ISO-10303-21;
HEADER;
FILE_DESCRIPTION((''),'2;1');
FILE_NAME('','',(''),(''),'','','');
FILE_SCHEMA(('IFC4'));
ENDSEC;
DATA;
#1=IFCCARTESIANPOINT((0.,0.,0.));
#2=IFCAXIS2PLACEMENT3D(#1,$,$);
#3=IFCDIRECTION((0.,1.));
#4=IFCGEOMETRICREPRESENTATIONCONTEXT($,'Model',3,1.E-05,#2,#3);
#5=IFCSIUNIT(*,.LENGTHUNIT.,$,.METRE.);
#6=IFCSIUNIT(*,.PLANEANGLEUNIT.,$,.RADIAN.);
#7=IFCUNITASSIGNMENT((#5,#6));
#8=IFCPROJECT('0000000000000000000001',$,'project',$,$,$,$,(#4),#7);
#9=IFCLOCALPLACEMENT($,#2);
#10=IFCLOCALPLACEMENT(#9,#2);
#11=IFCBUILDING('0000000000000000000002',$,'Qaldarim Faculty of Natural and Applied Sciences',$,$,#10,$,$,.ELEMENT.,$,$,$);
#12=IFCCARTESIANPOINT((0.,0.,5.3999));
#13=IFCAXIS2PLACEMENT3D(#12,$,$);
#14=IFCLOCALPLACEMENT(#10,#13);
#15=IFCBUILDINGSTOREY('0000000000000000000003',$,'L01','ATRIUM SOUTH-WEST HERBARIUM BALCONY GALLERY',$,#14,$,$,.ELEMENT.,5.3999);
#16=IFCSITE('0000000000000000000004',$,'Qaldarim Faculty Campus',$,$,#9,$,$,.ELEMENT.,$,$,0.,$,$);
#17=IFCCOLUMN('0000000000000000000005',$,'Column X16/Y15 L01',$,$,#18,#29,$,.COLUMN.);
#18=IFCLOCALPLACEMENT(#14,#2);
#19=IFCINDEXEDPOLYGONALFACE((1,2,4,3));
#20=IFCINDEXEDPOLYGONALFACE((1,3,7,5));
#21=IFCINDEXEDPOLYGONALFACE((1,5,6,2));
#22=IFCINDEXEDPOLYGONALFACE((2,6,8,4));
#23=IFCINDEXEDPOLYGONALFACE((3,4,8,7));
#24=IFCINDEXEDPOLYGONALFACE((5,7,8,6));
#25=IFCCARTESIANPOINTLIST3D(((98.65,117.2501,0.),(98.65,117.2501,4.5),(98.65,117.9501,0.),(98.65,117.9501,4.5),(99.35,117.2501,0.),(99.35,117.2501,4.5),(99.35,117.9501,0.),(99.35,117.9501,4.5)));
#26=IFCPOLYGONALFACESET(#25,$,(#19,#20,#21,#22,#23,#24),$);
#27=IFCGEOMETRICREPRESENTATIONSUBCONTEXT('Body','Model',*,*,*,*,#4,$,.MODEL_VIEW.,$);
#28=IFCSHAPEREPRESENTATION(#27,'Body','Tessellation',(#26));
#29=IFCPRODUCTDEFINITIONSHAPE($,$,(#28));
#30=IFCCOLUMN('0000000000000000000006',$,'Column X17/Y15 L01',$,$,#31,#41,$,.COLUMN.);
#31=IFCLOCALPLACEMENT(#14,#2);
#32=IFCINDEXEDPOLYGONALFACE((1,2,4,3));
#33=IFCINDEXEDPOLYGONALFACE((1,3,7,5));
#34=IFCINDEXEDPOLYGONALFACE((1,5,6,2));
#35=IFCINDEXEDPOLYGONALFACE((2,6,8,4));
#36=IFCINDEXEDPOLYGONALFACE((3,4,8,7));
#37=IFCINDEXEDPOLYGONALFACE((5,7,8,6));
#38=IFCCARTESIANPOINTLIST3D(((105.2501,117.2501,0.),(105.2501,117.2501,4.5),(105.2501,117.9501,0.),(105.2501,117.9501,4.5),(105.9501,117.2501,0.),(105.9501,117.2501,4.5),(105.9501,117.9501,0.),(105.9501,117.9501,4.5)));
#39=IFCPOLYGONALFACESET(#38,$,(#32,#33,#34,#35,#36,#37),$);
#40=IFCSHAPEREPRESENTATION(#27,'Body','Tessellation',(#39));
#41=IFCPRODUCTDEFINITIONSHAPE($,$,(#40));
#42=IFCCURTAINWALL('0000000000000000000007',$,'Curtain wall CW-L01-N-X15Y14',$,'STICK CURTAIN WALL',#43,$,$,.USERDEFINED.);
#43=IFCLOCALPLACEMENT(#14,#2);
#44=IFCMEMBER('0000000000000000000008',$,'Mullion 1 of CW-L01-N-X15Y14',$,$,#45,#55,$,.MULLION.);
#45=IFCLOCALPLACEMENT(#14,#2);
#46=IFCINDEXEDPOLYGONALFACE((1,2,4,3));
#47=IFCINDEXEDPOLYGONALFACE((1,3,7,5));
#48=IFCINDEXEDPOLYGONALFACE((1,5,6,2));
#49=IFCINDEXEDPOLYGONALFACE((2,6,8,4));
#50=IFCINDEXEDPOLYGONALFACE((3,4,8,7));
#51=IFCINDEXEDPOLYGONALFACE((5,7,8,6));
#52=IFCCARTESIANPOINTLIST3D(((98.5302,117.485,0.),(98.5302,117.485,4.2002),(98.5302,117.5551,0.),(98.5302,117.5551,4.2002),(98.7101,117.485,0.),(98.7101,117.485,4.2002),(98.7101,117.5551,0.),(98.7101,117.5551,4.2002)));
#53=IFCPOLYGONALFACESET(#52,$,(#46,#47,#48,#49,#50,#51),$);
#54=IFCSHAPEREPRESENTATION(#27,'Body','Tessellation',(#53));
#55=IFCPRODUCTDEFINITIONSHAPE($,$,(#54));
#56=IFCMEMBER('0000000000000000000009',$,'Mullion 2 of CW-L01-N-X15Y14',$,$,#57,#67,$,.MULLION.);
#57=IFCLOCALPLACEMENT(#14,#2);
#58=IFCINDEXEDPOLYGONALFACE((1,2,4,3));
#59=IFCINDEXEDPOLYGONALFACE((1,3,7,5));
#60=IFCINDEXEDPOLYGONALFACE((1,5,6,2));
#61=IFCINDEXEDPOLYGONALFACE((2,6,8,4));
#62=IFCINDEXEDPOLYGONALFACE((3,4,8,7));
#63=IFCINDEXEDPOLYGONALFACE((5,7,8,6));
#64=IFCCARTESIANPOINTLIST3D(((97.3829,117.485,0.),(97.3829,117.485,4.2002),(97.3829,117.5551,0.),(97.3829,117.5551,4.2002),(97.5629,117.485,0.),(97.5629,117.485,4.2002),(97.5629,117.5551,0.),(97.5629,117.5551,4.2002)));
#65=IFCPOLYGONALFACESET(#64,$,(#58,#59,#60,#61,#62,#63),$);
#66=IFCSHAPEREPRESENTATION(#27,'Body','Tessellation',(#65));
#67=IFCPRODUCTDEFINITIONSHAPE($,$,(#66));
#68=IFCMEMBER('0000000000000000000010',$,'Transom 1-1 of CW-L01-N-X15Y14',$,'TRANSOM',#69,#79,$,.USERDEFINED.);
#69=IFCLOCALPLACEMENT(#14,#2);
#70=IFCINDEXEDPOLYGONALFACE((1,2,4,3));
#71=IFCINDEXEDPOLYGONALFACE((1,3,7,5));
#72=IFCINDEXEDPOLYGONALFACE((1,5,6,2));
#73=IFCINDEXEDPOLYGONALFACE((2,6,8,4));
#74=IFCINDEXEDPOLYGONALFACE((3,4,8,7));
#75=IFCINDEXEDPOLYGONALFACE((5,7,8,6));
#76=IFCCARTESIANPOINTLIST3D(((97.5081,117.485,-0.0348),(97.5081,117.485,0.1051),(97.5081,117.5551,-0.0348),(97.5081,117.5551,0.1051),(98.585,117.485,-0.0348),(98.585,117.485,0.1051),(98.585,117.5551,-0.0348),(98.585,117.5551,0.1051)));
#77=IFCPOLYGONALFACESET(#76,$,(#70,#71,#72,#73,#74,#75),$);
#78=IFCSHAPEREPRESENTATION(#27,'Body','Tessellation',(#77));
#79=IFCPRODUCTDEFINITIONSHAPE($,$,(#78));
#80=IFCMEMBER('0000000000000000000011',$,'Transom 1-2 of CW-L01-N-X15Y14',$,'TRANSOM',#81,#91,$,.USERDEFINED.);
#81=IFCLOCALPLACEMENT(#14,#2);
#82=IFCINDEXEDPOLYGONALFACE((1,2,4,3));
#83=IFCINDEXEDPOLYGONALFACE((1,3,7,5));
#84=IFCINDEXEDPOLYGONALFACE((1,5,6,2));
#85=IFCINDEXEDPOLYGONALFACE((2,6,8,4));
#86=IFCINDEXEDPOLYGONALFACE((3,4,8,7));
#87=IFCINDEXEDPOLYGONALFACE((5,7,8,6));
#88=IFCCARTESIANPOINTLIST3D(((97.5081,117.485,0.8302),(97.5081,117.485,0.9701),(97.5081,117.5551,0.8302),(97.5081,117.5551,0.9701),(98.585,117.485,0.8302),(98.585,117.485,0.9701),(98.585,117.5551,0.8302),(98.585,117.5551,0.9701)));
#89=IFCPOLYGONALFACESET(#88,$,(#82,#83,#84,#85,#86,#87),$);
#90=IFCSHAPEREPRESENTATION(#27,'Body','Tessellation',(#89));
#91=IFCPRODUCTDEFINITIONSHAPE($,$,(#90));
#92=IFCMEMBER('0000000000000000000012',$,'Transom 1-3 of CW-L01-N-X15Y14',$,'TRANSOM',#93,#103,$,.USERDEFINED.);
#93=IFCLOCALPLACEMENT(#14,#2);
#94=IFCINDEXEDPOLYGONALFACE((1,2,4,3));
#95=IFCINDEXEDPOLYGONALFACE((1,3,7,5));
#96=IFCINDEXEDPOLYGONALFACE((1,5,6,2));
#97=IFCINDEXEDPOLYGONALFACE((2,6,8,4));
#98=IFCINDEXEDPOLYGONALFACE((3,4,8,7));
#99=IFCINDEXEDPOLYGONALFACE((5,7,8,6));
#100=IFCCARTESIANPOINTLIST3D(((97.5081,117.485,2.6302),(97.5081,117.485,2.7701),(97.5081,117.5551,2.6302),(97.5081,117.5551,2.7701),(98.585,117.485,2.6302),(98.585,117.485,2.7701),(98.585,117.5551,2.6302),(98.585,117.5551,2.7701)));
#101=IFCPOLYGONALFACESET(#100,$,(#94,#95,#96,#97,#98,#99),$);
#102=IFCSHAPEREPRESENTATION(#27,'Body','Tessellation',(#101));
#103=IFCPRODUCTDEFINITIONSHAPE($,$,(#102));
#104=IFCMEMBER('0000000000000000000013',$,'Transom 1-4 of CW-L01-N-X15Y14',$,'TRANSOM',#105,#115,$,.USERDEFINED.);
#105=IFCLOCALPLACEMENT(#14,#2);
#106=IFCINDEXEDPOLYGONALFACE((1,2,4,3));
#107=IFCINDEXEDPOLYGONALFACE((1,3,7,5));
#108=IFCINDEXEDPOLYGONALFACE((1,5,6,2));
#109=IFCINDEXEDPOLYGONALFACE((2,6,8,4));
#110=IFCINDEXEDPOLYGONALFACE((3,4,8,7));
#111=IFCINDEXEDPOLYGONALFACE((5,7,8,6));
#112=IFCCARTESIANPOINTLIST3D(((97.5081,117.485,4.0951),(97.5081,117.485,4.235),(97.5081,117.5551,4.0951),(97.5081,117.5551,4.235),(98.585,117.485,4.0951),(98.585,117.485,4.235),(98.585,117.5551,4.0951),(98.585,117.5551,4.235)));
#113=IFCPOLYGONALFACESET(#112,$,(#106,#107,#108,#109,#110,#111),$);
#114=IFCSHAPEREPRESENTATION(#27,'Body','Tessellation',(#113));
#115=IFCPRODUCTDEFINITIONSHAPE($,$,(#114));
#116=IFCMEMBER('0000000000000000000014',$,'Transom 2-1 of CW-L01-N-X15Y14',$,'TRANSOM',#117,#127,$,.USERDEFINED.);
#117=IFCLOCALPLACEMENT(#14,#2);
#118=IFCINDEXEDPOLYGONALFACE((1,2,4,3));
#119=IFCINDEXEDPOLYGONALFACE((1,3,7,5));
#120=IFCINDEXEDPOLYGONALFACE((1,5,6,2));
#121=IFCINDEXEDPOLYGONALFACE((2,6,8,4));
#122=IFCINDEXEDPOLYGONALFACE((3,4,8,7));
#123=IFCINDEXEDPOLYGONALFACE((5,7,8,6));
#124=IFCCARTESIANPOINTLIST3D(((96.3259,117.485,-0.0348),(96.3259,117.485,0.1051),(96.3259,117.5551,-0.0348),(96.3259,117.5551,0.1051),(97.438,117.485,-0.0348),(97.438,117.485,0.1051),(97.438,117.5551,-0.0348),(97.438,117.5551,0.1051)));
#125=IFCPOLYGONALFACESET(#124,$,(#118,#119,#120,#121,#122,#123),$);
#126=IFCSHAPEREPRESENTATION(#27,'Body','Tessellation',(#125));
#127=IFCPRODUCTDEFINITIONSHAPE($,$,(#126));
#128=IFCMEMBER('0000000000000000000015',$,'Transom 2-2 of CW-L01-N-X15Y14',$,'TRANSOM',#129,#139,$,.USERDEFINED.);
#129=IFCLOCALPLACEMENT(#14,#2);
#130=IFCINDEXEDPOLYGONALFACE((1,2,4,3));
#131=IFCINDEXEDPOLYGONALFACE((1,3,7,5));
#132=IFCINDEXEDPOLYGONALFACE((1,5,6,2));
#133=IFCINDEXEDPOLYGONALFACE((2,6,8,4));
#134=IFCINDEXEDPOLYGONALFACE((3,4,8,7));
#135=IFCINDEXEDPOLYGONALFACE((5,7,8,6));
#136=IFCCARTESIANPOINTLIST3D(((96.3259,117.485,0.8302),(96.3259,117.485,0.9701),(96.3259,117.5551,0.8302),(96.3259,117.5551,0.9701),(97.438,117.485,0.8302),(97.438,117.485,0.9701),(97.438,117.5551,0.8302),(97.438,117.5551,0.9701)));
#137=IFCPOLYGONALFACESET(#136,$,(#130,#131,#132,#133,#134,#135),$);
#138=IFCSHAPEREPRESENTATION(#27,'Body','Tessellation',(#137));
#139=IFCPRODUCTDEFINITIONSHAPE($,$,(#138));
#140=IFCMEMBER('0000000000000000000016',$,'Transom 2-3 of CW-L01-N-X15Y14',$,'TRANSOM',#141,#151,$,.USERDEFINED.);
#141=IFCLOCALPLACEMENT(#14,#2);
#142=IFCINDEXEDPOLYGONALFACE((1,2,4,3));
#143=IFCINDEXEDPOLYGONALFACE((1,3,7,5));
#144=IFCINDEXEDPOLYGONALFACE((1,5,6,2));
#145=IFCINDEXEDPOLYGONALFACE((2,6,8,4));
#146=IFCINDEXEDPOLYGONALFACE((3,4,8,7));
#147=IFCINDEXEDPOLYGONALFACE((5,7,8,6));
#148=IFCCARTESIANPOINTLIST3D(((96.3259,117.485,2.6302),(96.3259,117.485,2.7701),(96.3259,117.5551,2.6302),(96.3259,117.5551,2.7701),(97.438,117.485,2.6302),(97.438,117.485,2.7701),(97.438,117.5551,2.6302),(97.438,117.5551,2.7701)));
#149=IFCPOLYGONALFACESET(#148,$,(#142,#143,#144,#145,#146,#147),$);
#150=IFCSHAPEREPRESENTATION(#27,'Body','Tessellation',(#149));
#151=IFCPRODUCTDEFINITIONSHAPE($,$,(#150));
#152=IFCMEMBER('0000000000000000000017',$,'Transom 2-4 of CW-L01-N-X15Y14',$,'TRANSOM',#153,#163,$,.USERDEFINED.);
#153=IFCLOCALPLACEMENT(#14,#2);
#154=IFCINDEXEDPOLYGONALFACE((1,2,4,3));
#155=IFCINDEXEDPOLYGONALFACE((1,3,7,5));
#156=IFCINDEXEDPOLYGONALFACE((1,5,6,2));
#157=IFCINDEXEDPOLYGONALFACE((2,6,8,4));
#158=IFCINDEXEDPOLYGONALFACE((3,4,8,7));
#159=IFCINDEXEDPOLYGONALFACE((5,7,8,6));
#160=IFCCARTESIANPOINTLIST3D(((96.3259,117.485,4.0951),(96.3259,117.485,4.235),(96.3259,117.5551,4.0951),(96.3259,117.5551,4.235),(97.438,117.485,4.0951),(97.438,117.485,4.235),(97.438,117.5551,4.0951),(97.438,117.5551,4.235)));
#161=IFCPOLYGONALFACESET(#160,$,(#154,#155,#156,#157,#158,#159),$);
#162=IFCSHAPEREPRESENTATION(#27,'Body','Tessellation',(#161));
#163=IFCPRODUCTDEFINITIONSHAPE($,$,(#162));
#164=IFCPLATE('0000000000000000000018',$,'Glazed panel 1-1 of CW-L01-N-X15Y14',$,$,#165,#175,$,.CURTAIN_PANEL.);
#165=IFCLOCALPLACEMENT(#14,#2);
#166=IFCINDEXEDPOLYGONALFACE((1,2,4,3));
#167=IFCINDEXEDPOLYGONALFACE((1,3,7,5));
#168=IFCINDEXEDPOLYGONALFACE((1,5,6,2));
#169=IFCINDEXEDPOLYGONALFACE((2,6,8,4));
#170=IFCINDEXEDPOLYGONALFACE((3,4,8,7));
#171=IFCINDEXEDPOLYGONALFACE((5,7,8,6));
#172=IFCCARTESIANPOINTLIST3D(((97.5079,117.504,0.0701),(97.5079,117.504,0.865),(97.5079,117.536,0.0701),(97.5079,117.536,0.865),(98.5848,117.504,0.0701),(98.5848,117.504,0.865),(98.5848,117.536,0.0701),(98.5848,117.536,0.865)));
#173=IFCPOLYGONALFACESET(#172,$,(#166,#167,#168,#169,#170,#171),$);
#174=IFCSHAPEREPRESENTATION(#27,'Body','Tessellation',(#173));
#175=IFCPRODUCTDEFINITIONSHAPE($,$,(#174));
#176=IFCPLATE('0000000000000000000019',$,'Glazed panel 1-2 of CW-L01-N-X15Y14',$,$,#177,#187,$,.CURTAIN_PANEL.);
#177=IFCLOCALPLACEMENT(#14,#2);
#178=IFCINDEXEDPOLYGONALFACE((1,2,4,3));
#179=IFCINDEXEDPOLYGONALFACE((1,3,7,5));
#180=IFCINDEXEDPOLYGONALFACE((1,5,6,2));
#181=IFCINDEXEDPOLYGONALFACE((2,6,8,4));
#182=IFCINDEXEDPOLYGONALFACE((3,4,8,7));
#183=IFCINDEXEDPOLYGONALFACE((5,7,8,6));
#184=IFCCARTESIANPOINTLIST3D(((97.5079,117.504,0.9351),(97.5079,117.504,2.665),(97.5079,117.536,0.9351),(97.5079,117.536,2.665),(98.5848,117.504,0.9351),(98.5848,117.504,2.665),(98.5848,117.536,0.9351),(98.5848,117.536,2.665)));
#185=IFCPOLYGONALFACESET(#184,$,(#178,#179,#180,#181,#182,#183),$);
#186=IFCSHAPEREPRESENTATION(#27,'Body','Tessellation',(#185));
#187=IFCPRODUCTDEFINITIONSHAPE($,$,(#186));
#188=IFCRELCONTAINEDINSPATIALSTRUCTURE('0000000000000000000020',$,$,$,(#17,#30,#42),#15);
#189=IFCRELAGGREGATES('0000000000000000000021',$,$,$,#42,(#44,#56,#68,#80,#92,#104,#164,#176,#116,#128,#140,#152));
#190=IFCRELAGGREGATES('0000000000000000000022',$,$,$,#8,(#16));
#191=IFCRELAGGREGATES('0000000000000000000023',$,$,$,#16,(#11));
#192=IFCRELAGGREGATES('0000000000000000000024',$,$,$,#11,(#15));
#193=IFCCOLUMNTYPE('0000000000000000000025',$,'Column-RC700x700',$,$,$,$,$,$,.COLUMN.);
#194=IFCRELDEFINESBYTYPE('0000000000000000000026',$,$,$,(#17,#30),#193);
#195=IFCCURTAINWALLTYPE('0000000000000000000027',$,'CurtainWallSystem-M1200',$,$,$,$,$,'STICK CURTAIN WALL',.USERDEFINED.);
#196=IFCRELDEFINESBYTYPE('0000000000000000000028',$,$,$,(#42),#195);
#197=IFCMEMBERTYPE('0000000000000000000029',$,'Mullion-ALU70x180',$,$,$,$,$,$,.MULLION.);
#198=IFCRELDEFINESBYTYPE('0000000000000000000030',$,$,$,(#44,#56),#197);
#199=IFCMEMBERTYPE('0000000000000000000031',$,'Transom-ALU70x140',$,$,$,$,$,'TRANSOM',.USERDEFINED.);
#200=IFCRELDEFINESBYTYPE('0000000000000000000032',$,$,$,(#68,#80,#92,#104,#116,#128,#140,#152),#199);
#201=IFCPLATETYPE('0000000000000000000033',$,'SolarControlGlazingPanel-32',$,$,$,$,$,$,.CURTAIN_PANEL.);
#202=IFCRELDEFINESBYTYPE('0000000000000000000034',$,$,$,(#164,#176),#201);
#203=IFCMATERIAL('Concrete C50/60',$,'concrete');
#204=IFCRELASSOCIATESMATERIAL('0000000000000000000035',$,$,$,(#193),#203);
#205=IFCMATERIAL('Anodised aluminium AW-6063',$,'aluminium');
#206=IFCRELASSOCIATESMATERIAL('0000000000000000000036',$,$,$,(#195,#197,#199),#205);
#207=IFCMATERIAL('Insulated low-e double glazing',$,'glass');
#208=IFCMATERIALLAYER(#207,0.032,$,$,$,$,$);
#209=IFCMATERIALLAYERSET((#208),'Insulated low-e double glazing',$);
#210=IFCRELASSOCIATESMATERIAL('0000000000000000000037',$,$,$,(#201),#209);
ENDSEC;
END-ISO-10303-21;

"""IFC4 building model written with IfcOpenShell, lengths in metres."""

from ifc_helpers import new_model, si_unit, direction, frame, origin, origin_2d, place, context, subcontext, project, spatial, rectangle, extrude, material, layer, layer_set, material_profile, profile_set, type_object, element, aggregate, save


model = new_model("IFC4")

# Units and contexts
model_context = context("Model", 3, precision=1e-05, world=origin(), true_north=direction((0.0, 1.0)))
body_context = subcontext(model_context, "Body", "Model", "MODEL_VIEW")
ifc_project = project(units=[si_unit("LENGTHUNIT", "METRE"), si_unit("PLANEANGLEUNIT", "RADIAN")], contexts=[model_context])

# Site, building, storey
site_placement = place(None, origin())
site = spatial("IfcSite", under=ifc_project, at=site_placement, Name="Qaldarim Faculty Campus", CompositionType="ELEMENT", RefElevation=0.0)
building_placement = place(site_placement, origin())
building = spatial("IfcBuilding", under=site, at=building_placement, Name="Qaldarim Faculty of Natural and Applied Sciences", CompositionType="ELEMENT")
storey_placement = place(building_placement, frame((0.0, 0.0, 5.3999)))
storey = spatial("IfcBuildingStorey", under=building, at=storey_placement, Name="L01", Description="ATRIUM SOUTH-WEST HERBARIUM BALCONY GALLERY", CompositionType="ELEMENT", Elevation=5.3999)

# Columns
ifc_material_1 = material(Name="Concrete C50/60", Category="concrete")
ifc_material_profile_1 = material_profile(ifc_material_1, rectangle(XDim=0.7, YDim=0.7, at=origin_2d()), Name="RC-C700x700")
ifc_profile_set_1 = profile_set([ifc_material_profile_1], Name="Concrete C50/60")
column_type = type_object("IfcColumnType", Name="Column-RC700x700", PredefinedType="COLUMN", material=ifc_profile_set_1)
for number, where, z_axis, x_axis, name in (
    (1, (99.0, 117.6001, 0.0), (0.0, 0.0, 1.0), (1.0, 0.0, 0.0), "Column X16/Y15 L01"),
    (2, (105.6001, 117.6001, 0.0), (0.0, 0.0, 1.0), (1.0, 0.0, 0.0), "Column X17/Y15 L01"),
):
    element("IfcColumn", number, at=place(storey_placement, frame(where, z_axis=z_axis, x_axis=x_axis)), inside=storey, type_object=column_type, Name=name, PredefinedType="COLUMN", context=body_context, shape_type="SweptSolid", body=[
        extrude(rectangle(XDim=0.7, YDim=0.7, at=origin_2d()), origin(), (0.0, 0.0, 1.0), 4.5),
    ])

# Curtain wall, members, plates
ifc_material_2 = material(Name="Anodised aluminium AW-6063", Category="aluminium")
curtain_wall_type = type_object("IfcCurtainWallType", Name="CurtainWallSystem-M1200", ElementType="STICK CURTAIN WALL", PredefinedType="USERDEFINED", material=ifc_material_2)
curtain_wall_placement = place(storey_placement, origin())
curtain_wall = element("IfcCurtainWall", 3, at=curtain_wall_placement, inside=storey, type_object=curtain_wall_type, Name="Curtain wall CW-L01-N-X15Y14", ObjectType="STICK CURTAIN WALL", PredefinedType="USERDEFINED")
ifc_material_profile_2 = material_profile(ifc_material_2, rectangle(XDim=0.0701, YDim=0.1799, at=origin_2d()), Name="ALU-M70x180")
ifc_profile_set_2 = profile_set([ifc_material_profile_2], Name="Anodised aluminium AW-6063")
member_type_1 = type_object("IfcMemberType", Name="Mullion-ALU70x180", PredefinedType="MULLION", material=ifc_profile_set_2)
member_1_placement = place(storey_placement, frame((98.6201, 117.52, 0.0), z_axis=(0.0, 0.0, 1.0), x_axis=(0.0, -1.0, 0.0)))
member_1 = element("IfcMember", 4, at=member_1_placement, type_object=member_type_1, Name="Mullion 1 of CW-L01-N-X15Y14", PredefinedType="MULLION", context=body_context, shape_type="SweptSolid", body=[
    extrude(rectangle(XDim=0.0701, YDim=0.1799, at=origin_2d()), origin(), (0.0, 0.0, 1.0), 4.2002),
])
member_2_placement = place(storey_placement, frame((97.4729, 117.52, 0.0), z_axis=(0.0, 0.0, 1.0), x_axis=(0.0, -1.0, 0.0)))
member_2 = element("IfcMember", 5, at=member_2_placement, type_object=member_type_1, Name="Mullion 2 of CW-L01-N-X15Y14", PredefinedType="MULLION", context=body_context, shape_type="SweptSolid", body=[
    extrude(rectangle(XDim=0.0701, YDim=0.1799, at=origin_2d()), origin(), (0.0, 0.0, 1.0), 4.2002),
])
ifc_material_profile_3 = material_profile(ifc_material_2, rectangle(XDim=0.0701, YDim=0.1399, at=origin_2d()), Name="ALU-T70x140")
ifc_profile_set_3 = profile_set([ifc_material_profile_3], Name="Anodised aluminium AW-6063")
member_type_2 = type_object("IfcMemberType", Name="Transom-ALU70x140", ElementType="TRANSOM", PredefinedType="USERDEFINED", material=ifc_profile_set_3)
member_3_placement = place(storey_placement, frame((98.585, 117.52, 0.0352), z_axis=(-1.0, 0.0, 0.0), x_axis=(0.0, -1.0, 0.0)))
member_3 = element("IfcMember", 6, at=member_3_placement, type_object=member_type_2, Name="Transom 1-1 of CW-L01-N-X15Y14", ObjectType="TRANSOM", PredefinedType="USERDEFINED", context=body_context, shape_type="SweptSolid", body=[
    extrude(rectangle(XDim=0.0701, YDim=0.1399, at=origin_2d()), origin(), (0.0, 0.0, 1.0), 1.0769),
])
member_4_placement = place(storey_placement, frame((98.585, 117.52, 0.9001), z_axis=(-1.0, 0.0, 0.0), x_axis=(0.0, -1.0, 0.0)))
member_4 = element("IfcMember", 7, at=member_4_placement, type_object=member_type_2, Name="Transom 1-2 of CW-L01-N-X15Y14", ObjectType="TRANSOM", PredefinedType="USERDEFINED", context=body_context, shape_type="SweptSolid", body=[
    extrude(rectangle(XDim=0.0701, YDim=0.1399, at=origin_2d()), origin(), (0.0, 0.0, 1.0), 1.0769),
])
member_5_placement = place(storey_placement, frame((98.585, 117.52, 2.7002), z_axis=(-1.0, 0.0, 0.0), x_axis=(0.0, -1.0, 0.0)))
member_5 = element("IfcMember", 8, at=member_5_placement, type_object=member_type_2, Name="Transom 1-3 of CW-L01-N-X15Y14", ObjectType="TRANSOM", PredefinedType="USERDEFINED", context=body_context, shape_type="SweptSolid", body=[
    extrude(rectangle(XDim=0.0701, YDim=0.1399, at=origin_2d()), origin(), (0.0, 0.0, 1.0), 1.0769),
])
member_6_placement = place(storey_placement, frame((98.585, 117.52, 4.165), z_axis=(-1.0, 0.0, 0.0), x_axis=(0.0, -1.0, 0.0)))
member_6 = element("IfcMember", 9, at=member_6_placement, type_object=member_type_2, Name="Transom 1-4 of CW-L01-N-X15Y14", ObjectType="TRANSOM", PredefinedType="USERDEFINED", context=body_context, shape_type="SweptSolid", body=[
    extrude(rectangle(XDim=0.0701, YDim=0.1399, at=origin_2d()), origin(), (0.0, 0.0, 1.0), 1.0769),
])
member_7_placement = place(storey_placement, frame((97.438, 117.52, 0.0352), z_axis=(-1.0, 0.0, 0.0), x_axis=(0.0, -1.0, 0.0)))
member_7 = element("IfcMember", 10, at=member_7_placement, type_object=member_type_2, Name="Transom 2-1 of CW-L01-N-X15Y14", ObjectType="TRANSOM", PredefinedType="USERDEFINED", context=body_context, shape_type="SweptSolid", body=[
    extrude(rectangle(XDim=0.0701, YDim=0.1399, at=origin_2d()), origin(), (0.0, 0.0, 1.0), 1.1121),
])
member_8_placement = place(storey_placement, frame((97.438, 117.52, 0.9001), z_axis=(-1.0, 0.0, 0.0), x_axis=(0.0, -1.0, 0.0)))
member_8 = element("IfcMember", 11, at=member_8_placement, type_object=member_type_2, Name="Transom 2-2 of CW-L01-N-X15Y14", ObjectType="TRANSOM", PredefinedType="USERDEFINED", context=body_context, shape_type="SweptSolid", body=[
    extrude(rectangle(XDim=0.0701, YDim=0.1399, at=origin_2d()), origin(), (0.0, 0.0, 1.0), 1.1121),
])
member_9_placement = place(storey_placement, frame((97.438, 117.52, 2.7002), z_axis=(-1.0, 0.0, 0.0), x_axis=(0.0, -1.0, 0.0)))
member_9 = element("IfcMember", 12, at=member_9_placement, type_object=member_type_2, Name="Transom 2-3 of CW-L01-N-X15Y14", ObjectType="TRANSOM", PredefinedType="USERDEFINED", context=body_context, shape_type="SweptSolid", body=[
    extrude(rectangle(XDim=0.0701, YDim=0.1399, at=origin_2d()), origin(), (0.0, 0.0, 1.0), 1.1121),
])
member_10_placement = place(storey_placement, frame((97.438, 117.52, 4.165), z_axis=(-1.0, 0.0, 0.0), x_axis=(0.0, -1.0, 0.0)))
member_10 = element("IfcMember", 13, at=member_10_placement, type_object=member_type_2, Name="Transom 2-4 of CW-L01-N-X15Y14", ObjectType="TRANSOM", PredefinedType="USERDEFINED", context=body_context, shape_type="SweptSolid", body=[
    extrude(rectangle(XDim=0.0701, YDim=0.1399, at=origin_2d()), origin(), (0.0, 0.0, 1.0), 1.1121),
])
ifc_material_3 = material(Name="Insulated low-e double glazing", Category="glass")
ifc_layer_1 = layer(ifc_material_3, 0.032)
ifc_layer_set_1 = layer_set([ifc_layer_1], Name="Insulated low-e double glazing")
plate_type = type_object("IfcPlateType", Name="SolarControlGlazingPanel-32", PredefinedType="CURTAIN_PANEL", material=ifc_layer_set_1)
plate_1_placement = place(storey_placement, frame((98.0464, 117.52, 0.0701), z_axis=(0.0, 0.0, 1.0), x_axis=(-1.0, 0.0, 0.0)))
plate_1 = element("IfcPlate", 14, at=plate_1_placement, type_object=plate_type, Name="Glazed panel 1-1 of CW-L01-N-X15Y14", PredefinedType="CURTAIN_PANEL", context=body_context, shape_type="SweptSolid", body=[
    extrude(rectangle(XDim=1.0769, YDim=0.032, at=origin_2d()), origin(), (0.0, 0.0, 1.0), 0.7949),
])
plate_2_placement = place(storey_placement, frame((98.0464, 117.52, 0.9351), z_axis=(0.0, 0.0, 1.0), x_axis=(-1.0, 0.0, 0.0)))
plate_2 = element("IfcPlate", 15, at=plate_2_placement, type_object=plate_type, Name="Glazed panel 1-2 of CW-L01-N-X15Y14", PredefinedType="CURTAIN_PANEL", context=body_context, shape_type="SweptSolid", body=[
    extrude(rectangle(XDim=1.0769, YDim=0.032, at=origin_2d()), origin(), (0.0, 0.0, 1.0), 1.73),
])
aggregate(curtain_wall, [member_1, member_2, member_3, member_4, member_5, member_6, plate_1, plate_2, member_7, member_8, member_9, member_10])

save(model, "model.ifc")
